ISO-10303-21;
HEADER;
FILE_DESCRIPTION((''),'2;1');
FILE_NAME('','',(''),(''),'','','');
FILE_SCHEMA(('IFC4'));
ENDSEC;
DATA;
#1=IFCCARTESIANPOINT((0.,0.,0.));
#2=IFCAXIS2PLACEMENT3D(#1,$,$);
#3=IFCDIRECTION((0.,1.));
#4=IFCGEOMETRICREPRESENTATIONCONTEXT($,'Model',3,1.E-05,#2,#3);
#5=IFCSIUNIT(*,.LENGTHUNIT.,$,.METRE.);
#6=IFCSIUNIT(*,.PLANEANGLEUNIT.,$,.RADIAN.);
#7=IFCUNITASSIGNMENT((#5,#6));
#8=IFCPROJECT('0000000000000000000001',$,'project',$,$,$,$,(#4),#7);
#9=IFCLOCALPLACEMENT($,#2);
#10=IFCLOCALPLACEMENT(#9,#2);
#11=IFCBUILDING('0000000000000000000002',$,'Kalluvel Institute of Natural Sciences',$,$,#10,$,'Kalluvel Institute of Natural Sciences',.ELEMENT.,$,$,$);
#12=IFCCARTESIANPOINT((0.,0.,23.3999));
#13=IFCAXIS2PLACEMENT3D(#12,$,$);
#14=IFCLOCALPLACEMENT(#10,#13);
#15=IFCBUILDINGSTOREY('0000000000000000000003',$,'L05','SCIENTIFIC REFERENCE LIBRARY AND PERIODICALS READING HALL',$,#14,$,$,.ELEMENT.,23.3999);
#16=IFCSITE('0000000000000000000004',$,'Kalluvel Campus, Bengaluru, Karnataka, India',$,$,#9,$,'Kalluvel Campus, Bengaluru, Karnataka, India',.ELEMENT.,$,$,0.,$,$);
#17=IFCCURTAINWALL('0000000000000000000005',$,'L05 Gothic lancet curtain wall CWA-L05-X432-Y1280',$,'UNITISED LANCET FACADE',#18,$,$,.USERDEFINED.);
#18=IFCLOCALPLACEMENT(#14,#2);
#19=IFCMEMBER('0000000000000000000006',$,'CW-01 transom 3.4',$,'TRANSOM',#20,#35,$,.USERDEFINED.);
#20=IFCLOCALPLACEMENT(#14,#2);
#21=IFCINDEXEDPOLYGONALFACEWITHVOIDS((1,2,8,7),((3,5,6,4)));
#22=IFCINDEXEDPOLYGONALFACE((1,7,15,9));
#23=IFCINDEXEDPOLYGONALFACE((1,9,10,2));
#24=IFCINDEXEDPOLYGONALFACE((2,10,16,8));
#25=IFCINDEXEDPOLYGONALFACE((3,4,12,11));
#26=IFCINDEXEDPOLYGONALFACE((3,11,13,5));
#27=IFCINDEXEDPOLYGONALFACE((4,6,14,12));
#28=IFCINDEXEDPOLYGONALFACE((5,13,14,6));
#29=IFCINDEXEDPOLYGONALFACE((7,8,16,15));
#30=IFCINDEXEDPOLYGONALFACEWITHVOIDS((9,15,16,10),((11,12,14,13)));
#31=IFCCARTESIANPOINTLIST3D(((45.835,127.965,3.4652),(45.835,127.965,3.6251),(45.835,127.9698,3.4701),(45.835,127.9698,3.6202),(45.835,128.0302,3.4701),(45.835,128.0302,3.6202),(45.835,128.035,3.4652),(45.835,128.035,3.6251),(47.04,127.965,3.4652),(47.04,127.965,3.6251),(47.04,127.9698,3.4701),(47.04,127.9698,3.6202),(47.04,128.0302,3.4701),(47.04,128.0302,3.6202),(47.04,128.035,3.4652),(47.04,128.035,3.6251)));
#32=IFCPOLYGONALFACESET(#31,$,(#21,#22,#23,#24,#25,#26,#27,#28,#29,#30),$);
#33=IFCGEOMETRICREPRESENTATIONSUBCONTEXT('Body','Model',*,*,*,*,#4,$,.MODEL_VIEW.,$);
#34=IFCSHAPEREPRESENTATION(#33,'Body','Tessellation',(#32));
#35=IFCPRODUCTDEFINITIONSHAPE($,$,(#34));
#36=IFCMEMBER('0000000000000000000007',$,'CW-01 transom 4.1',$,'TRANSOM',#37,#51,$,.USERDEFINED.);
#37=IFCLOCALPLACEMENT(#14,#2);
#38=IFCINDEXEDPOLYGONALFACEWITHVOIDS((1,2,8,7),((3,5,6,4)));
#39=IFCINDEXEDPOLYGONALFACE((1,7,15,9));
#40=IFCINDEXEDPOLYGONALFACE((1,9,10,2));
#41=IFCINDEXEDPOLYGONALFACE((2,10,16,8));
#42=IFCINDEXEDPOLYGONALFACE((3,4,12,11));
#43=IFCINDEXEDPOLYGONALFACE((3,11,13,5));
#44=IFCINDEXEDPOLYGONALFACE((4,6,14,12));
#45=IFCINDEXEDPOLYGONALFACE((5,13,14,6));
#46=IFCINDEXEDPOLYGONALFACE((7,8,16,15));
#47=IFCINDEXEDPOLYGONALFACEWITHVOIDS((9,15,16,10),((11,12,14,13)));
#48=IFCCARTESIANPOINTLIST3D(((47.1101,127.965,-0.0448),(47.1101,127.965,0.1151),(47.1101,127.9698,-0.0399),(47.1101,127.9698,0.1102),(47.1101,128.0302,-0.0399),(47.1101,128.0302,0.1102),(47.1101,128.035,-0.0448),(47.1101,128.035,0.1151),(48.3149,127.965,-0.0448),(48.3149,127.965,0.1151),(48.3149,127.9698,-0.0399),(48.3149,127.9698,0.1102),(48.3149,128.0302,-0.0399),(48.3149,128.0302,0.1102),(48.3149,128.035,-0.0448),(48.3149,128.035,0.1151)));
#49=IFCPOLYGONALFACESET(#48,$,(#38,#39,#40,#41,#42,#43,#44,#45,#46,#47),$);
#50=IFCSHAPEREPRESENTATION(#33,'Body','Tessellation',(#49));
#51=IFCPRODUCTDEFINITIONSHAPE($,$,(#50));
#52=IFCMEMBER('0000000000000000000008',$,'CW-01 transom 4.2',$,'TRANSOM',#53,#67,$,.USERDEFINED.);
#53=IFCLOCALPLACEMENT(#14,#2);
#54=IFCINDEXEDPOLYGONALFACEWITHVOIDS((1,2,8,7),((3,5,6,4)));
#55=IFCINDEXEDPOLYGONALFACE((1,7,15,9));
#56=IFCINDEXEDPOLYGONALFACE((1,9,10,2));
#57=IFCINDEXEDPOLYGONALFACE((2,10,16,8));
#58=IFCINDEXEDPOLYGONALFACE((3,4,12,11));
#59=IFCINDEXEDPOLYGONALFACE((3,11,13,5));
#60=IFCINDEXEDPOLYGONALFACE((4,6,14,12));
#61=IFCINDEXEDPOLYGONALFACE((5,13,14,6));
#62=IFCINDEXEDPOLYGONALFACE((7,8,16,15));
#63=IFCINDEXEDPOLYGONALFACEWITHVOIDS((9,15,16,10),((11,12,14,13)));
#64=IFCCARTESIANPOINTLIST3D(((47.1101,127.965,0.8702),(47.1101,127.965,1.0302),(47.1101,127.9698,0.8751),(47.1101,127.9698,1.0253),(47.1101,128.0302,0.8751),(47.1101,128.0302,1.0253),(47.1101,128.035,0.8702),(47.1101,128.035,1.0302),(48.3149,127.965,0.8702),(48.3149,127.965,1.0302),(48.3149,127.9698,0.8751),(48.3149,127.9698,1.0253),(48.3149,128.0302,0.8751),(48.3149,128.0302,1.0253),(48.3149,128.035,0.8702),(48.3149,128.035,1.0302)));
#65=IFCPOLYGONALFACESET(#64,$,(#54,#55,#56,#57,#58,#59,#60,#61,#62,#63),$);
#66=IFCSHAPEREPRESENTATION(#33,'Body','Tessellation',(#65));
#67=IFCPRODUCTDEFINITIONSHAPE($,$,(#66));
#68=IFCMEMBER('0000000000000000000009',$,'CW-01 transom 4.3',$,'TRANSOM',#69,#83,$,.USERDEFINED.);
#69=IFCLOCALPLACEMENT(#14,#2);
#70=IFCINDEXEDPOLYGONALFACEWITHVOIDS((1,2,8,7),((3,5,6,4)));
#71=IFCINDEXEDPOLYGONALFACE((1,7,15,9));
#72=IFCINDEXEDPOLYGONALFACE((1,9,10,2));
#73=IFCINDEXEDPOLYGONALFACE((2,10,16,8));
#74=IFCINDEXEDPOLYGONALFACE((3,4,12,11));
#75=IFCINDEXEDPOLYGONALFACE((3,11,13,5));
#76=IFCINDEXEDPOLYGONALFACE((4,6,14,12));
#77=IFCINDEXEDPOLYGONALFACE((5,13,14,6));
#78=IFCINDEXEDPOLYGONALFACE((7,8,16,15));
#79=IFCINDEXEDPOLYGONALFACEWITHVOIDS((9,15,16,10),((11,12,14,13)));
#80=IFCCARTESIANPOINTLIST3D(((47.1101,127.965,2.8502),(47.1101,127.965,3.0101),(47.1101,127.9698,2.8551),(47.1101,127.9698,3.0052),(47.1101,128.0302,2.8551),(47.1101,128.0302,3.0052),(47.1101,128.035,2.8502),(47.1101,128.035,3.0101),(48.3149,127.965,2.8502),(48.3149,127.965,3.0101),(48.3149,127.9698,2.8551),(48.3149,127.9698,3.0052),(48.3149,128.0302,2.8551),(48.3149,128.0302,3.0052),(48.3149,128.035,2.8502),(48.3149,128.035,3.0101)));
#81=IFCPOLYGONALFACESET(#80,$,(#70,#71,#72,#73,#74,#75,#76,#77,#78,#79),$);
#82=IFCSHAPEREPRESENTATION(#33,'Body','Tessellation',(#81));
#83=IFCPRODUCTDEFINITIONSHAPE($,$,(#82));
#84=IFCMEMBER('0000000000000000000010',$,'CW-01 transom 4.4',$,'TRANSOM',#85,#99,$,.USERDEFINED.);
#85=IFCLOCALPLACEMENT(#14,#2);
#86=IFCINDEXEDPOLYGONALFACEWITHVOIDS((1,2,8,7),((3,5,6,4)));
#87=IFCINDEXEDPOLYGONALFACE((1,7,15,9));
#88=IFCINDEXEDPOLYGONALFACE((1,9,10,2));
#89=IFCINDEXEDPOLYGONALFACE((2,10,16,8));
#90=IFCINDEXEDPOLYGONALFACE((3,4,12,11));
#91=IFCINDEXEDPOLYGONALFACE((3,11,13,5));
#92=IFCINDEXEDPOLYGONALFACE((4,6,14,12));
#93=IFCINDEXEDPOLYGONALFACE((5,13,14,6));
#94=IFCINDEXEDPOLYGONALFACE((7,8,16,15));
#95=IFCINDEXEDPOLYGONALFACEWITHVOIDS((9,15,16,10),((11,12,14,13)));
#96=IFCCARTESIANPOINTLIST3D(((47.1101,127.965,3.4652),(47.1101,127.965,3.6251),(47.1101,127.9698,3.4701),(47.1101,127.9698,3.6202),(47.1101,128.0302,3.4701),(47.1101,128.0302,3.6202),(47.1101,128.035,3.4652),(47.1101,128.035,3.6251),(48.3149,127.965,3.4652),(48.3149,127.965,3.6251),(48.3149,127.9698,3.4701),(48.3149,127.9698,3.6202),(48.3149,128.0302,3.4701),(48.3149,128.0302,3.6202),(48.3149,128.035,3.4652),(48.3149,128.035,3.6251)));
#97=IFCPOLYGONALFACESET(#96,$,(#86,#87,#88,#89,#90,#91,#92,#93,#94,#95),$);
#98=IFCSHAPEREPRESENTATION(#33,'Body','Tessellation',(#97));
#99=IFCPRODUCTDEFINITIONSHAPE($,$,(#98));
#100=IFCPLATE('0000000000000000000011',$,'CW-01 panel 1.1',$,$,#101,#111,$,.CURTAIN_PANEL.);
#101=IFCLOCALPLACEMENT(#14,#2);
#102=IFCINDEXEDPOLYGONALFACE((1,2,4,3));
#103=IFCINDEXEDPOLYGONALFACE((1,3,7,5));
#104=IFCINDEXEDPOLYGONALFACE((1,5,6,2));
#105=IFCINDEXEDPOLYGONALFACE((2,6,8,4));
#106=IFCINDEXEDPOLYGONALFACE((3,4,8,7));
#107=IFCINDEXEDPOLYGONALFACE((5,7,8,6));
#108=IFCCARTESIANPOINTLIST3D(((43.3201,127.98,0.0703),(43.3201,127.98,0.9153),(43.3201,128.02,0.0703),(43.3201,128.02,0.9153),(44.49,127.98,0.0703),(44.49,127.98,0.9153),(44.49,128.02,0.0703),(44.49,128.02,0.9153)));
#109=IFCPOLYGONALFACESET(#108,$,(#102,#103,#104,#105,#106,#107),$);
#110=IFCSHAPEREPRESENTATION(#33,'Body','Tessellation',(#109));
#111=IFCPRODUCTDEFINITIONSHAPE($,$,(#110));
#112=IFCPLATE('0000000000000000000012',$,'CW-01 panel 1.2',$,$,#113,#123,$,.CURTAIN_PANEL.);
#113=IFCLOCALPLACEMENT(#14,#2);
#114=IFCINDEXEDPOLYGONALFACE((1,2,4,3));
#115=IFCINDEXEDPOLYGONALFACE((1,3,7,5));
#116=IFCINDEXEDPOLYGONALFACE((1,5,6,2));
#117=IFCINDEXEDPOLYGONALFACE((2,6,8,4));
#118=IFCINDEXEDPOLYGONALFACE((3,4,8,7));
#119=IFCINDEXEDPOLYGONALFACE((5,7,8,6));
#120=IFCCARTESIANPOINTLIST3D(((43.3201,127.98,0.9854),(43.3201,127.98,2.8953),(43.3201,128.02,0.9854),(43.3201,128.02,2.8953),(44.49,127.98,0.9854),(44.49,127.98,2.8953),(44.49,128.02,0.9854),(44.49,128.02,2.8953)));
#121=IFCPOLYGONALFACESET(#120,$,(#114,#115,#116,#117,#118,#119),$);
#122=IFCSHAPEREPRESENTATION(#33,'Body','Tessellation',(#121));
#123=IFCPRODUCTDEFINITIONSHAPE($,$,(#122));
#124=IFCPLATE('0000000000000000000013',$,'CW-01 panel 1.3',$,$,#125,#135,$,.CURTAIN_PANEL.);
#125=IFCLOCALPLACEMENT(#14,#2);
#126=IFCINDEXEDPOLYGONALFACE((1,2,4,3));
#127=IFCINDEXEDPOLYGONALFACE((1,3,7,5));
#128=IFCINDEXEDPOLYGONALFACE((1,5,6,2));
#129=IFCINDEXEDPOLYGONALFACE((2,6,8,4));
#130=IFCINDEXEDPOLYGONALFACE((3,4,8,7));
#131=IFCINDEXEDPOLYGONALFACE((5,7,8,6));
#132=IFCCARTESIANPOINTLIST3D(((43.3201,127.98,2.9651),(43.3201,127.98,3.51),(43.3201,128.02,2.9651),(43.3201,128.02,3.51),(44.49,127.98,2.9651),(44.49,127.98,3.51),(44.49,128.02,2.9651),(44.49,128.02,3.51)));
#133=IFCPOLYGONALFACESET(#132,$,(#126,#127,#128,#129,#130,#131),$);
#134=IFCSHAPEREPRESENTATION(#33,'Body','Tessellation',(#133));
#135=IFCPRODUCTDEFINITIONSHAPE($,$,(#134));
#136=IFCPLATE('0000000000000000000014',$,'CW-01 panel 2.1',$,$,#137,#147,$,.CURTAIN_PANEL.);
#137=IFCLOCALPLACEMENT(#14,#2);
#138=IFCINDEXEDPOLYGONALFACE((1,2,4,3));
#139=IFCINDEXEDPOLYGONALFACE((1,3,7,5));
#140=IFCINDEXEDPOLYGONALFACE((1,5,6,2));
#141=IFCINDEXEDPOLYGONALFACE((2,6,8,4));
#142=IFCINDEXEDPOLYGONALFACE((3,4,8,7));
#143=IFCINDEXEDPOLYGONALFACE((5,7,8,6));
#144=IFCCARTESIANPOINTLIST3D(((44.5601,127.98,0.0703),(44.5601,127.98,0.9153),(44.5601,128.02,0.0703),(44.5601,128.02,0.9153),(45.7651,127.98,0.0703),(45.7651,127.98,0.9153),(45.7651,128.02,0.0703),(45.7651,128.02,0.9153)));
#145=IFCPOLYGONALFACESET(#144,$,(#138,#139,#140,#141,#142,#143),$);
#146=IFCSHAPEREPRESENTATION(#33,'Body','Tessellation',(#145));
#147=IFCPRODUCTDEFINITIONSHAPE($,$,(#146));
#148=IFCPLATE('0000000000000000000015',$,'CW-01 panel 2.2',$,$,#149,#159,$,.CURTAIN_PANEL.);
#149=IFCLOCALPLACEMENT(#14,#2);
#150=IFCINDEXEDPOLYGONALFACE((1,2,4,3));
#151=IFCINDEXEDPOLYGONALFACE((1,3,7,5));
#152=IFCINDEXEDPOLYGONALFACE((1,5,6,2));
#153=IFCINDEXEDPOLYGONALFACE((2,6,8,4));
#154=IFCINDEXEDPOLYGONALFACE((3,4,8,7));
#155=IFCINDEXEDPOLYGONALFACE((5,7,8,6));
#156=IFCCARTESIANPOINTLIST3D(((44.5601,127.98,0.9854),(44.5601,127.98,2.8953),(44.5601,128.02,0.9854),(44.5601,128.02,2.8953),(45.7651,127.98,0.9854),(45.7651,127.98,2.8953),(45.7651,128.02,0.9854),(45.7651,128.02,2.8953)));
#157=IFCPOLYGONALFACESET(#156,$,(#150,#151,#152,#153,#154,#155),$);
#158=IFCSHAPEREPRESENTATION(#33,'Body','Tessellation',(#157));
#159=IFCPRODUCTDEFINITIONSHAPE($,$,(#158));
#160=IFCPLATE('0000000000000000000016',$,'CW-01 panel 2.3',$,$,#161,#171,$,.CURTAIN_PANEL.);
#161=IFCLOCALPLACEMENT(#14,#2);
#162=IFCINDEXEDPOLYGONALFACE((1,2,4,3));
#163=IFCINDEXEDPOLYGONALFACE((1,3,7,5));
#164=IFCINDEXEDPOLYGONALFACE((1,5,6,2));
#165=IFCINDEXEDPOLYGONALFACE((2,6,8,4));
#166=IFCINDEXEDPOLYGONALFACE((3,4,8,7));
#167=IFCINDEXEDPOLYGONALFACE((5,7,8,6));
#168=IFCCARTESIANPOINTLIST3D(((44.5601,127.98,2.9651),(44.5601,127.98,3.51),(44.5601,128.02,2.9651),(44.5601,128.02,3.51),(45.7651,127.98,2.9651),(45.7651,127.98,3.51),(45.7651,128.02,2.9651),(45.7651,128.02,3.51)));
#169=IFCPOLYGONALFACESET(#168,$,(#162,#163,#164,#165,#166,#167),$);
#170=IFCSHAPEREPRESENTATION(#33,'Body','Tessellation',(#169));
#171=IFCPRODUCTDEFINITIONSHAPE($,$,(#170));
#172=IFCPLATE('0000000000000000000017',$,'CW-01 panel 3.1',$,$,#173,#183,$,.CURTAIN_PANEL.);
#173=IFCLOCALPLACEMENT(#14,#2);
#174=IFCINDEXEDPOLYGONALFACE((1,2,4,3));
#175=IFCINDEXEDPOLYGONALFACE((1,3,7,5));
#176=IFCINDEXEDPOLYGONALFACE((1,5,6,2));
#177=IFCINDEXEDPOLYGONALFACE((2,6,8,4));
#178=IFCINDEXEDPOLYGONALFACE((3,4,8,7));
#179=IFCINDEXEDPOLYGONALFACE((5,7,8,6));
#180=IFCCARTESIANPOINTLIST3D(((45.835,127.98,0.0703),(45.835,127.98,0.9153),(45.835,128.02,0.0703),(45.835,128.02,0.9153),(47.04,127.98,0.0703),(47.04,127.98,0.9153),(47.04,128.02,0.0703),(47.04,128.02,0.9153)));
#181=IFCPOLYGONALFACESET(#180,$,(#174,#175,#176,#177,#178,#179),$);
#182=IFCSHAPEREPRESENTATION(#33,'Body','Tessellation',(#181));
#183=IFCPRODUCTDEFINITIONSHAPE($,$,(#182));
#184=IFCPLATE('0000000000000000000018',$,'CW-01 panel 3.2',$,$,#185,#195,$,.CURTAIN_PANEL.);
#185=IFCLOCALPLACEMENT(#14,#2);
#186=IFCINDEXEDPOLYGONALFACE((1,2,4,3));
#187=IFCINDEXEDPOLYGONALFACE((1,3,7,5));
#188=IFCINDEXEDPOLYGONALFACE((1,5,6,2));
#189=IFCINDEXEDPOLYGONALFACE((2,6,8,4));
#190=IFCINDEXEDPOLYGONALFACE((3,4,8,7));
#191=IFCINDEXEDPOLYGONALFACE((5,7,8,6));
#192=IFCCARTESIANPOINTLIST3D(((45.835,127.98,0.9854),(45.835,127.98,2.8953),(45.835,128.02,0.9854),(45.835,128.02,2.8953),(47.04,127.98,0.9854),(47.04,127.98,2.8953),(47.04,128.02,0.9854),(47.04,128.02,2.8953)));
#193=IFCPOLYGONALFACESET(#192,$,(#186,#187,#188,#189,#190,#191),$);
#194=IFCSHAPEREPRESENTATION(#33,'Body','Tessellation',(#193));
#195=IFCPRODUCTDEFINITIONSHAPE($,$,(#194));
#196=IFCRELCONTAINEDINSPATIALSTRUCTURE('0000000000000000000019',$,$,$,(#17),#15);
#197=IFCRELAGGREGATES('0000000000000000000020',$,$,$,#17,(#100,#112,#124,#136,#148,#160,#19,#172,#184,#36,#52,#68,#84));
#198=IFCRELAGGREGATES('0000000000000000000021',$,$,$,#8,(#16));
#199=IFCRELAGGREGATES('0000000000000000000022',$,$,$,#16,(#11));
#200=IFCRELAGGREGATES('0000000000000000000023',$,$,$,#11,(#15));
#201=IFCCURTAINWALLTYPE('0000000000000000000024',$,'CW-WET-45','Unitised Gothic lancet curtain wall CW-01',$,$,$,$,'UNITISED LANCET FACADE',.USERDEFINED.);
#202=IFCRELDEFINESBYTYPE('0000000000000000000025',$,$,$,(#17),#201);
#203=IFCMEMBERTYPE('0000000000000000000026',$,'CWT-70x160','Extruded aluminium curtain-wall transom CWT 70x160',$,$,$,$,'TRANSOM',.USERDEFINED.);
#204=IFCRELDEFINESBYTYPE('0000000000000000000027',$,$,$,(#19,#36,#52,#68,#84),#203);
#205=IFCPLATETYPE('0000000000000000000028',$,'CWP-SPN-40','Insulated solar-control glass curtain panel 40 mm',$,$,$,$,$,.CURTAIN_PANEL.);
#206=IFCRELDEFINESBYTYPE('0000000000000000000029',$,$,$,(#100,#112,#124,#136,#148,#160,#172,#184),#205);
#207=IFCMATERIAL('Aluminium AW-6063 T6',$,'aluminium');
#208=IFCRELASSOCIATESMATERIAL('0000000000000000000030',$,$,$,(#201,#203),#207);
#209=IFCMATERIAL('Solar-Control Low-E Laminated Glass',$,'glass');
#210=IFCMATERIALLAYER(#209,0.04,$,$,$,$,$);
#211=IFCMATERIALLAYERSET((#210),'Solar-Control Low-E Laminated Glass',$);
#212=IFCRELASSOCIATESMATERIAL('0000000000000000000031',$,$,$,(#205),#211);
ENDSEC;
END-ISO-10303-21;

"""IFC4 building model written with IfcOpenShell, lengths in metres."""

from ifc_helpers import new_model, si_unit, direction, frame, origin, origin_2d, place, context, subcontext, project, spatial, rectangle, hollow_rectangle, extrude, material, layer, layer_set, material_profile, profile_set, type_object, element, aggregate, save


model = new_model("IFC4")

# Units and contexts
model_context = context("Model", 3, precision=1e-05, world=origin(), true_north=direction((0.0, 1.0)))
body_context = subcontext(model_context, "Body", "Model", "MODEL_VIEW")
ifc_project = project(units=[si_unit("LENGTHUNIT", "METRE"), si_unit("PLANEANGLEUNIT", "RADIAN")], contexts=[model_context])

# Site, building, storey
site_placement = place(None, origin())
site = spatial("IfcSite", under=ifc_project, at=site_placement, Name="Kalluvel Campus, Bengaluru, Karnataka, India", LongName="Kalluvel Campus, Bengaluru, Karnataka, India", CompositionType="ELEMENT", RefElevation=0.0)
building_placement = place(site_placement, origin())
building = spatial("IfcBuilding", under=site, at=building_placement, Name="Kalluvel Institute of Natural Sciences", LongName="Kalluvel Institute of Natural Sciences", CompositionType="ELEMENT")
storey_placement = place(building_placement, frame((0.0, 0.0, 23.3999)))
storey = spatial("IfcBuildingStorey", under=building, at=storey_placement, Name="L05", Description="SCIENTIFIC REFERENCE LIBRARY AND PERIODICALS READING HALL", CompositionType="ELEMENT", Elevation=23.3999)

# Curtain wall, members, plates
ifc_material_1 = material(Name="Aluminium AW-6063 T6", Category="aluminium")
curtain_wall_type = type_object("IfcCurtainWallType", Name="CW-WET-45", Description="Unitised Gothic lancet curtain wall CW-01", ElementType="UNITISED LANCET FACADE", PredefinedType="USERDEFINED", material=ifc_material_1)
curtain_wall_placement = place(storey_placement, origin())
curtain_wall = element("IfcCurtainWall", 1, at=curtain_wall_placement, inside=storey, type_object=curtain_wall_type, Name="L05 Gothic lancet curtain wall CWA-L05-X432-Y1280", ObjectType="UNITISED LANCET FACADE", PredefinedType="USERDEFINED")
ifc_material_profile_1 = material_profile(ifc_material_1, hollow_rectangle(XDim=0.0701, YDim=0.1599, WallThickness=0.0049, at=origin_2d()), Name="CWT 70x160")
ifc_profile_set_1 = profile_set([ifc_material_profile_1], Name="Aluminium AW-6063 T6")
member_type_1 = type_object("IfcMemberType", Name="CWT-70x160", Description="Extruded aluminium curtain-wall transom CWT 70x160", ElementType="TRANSOM", PredefinedType="USERDEFINED", material=ifc_profile_set_1)
member_1_placement = place(storey_placement, frame((45.835, 128.0, 3.5452), z_axis=(1.0, 0.0, 0.0), x_axis=(0.0, 1.0, 0.0)))
member_1 = element("IfcMember", 2, at=member_1_placement, type_object=member_type_1, Name="CW-01 transom 3.4", ObjectType="TRANSOM", PredefinedType="USERDEFINED", context=body_context, shape_type="SweptSolid", body=[
    extrude(hollow_rectangle(XDim=0.0701, YDim=0.1599, WallThickness=0.0049, at=origin_2d()), origin(), (0.0, 0.0, 1.0), 1.2051),
])
member_2_placement = place(storey_placement, frame((47.1101, 128.0, 0.0352), z_axis=(1.0, 0.0, 0.0), x_axis=(0.0, 1.0, 0.0)))
member_2 = element("IfcMember", 3, at=member_2_placement, type_object=member_type_1, Name="CW-01 transom 4.1", ObjectType="TRANSOM", PredefinedType="USERDEFINED", context=body_context, shape_type="SweptSolid", body=[
    extrude(hollow_rectangle(XDim=0.0701, YDim=0.1599, WallThickness=0.0049, at=origin_2d()), origin(), (0.0, 0.0, 1.0), 1.2048),
])
member_3_placement = place(storey_placement, frame((47.1101, 128.0, 0.9502), z_axis=(1.0, 0.0, 0.0), x_axis=(0.0, 1.0, 0.0)))
member_3 = element("IfcMember", 4, at=member_3_placement, type_object=member_type_1, Name="CW-01 transom 4.2", ObjectType="TRANSOM", PredefinedType="USERDEFINED", context=body_context, shape_type="SweptSolid", body=[
    extrude(hollow_rectangle(XDim=0.0701, YDim=0.1599, WallThickness=0.0049, at=origin_2d()), origin(), (0.0, 0.0, 1.0), 1.2048),
])
member_4_placement = place(storey_placement, frame((47.1101, 128.0, 2.9302), z_axis=(1.0, 0.0, 0.0), x_axis=(0.0, 1.0, 0.0)))
member_4 = element("IfcMember", 5, at=member_4_placement, type_object=member_type_1, Name="CW-01 transom 4.3", ObjectType="TRANSOM", PredefinedType="USERDEFINED", context=body_context, shape_type="SweptSolid", body=[
    extrude(hollow_rectangle(XDim=0.0701, YDim=0.1599, WallThickness=0.0049, at=origin_2d()), origin(), (0.0, 0.0, 1.0), 1.2048),
])
member_5_placement = place(storey_placement, frame((47.1101, 128.0, 3.5452), z_axis=(1.0, 0.0, 0.0), x_axis=(0.0, 1.0, 0.0)))
member_5 = element("IfcMember", 6, at=member_5_placement, type_object=member_type_1, Name="CW-01 transom 4.4", ObjectType="TRANSOM", PredefinedType="USERDEFINED", context=body_context, shape_type="SweptSolid", body=[
    extrude(hollow_rectangle(XDim=0.0701, YDim=0.1599, WallThickness=0.0049, at=origin_2d()), origin(), (0.0, 0.0, 1.0), 1.2048),
])
ifc_material_2 = material(Name="Solar-Control Low-E Laminated Glass", Category="glass")
ifc_layer_1 = layer(ifc_material_2, 0.04)
ifc_layer_set_1 = layer_set([ifc_layer_1], Name="Solar-Control Low-E Laminated Glass")
plate_type = type_object("IfcPlateType", Name="CWP-SPN-40", Description="Insulated solar-control glass curtain panel 40 mm", PredefinedType="CURTAIN_PANEL", material=ifc_layer_set_1)
plate_1_placement = place(storey_placement, frame((43.905, 128.0, 0.0703), z_axis=(0.0, 0.0, 1.0), x_axis=(1.0, 0.0, 0.0)))
plate_1 = element("IfcPlate", 7, at=plate_1_placement, type_object=plate_type, Name="CW-01 panel 1.1", PredefinedType="CURTAIN_PANEL", context=body_context, shape_type="SweptSolid", body=[
    extrude(rectangle(XDim=1.1699, YDim=0.04, at=origin_2d()), origin(), (0.0, 0.0, 1.0), 0.845),
])
plate_2_placement = place(storey_placement, frame((43.905, 128.0, 0.9854), z_axis=(0.0, 0.0, 1.0), x_axis=(1.0, 0.0, 0.0)))
plate_2 = element("IfcPlate", 8, at=plate_2_placement, type_object=plate_type, Name="CW-01 panel 1.2", PredefinedType="CURTAIN_PANEL", context=body_context, shape_type="SweptSolid", body=[
    extrude(rectangle(XDim=1.1699, YDim=0.04, at=origin_2d()), origin(), (0.0, 0.0, 1.0), 1.9099),
])
plate_3_placement = place(storey_placement, frame((43.905, 128.0, 2.9651), z_axis=(0.0, 0.0, 1.0), x_axis=(1.0, 0.0, 0.0)))
plate_3 = element("IfcPlate", 9, at=plate_3_placement, type_object=plate_type, Name="CW-01 panel 1.3", PredefinedType="CURTAIN_PANEL", context=body_context, shape_type="SweptSolid", body=[
    extrude(rectangle(XDim=1.1699, YDim=0.04, at=origin_2d()), origin(), (0.0, 0.0, 1.0), 0.5449),
])
plate_4_placement = place(storey_placement, frame((45.1626, 128.0, 0.0703), z_axis=(0.0, 0.0, 1.0), x_axis=(1.0, 0.0, 0.0)))
plate_4 = element("IfcPlate", 10, at=plate_4_placement, type_object=plate_type, Name="CW-01 panel 2.1", PredefinedType="CURTAIN_PANEL", context=body_context, shape_type="SweptSolid", body=[
    extrude(rectangle(XDim=1.2051, YDim=0.04, at=origin_2d()), origin(), (0.0, 0.0, 1.0), 0.845),
])
plate_5_placement = place(storey_placement, frame((45.1626, 128.0, 0.9854), z_axis=(0.0, 0.0, 1.0), x_axis=(1.0, 0.0, 0.0)))
plate_5 = element("IfcPlate", 11, at=plate_5_placement, type_object=plate_type, Name="CW-01 panel 2.2", PredefinedType="CURTAIN_PANEL", context=body_context, shape_type="SweptSolid", body=[
    extrude(rectangle(XDim=1.2051, YDim=0.04, at=origin_2d()), origin(), (0.0, 0.0, 1.0), 1.9099),
])
plate_6_placement = place(storey_placement, frame((45.1626, 128.0, 2.9651), z_axis=(0.0, 0.0, 1.0), x_axis=(1.0, 0.0, 0.0)))
plate_6 = element("IfcPlate", 12, at=plate_6_placement, type_object=plate_type, Name="CW-01 panel 2.3", PredefinedType="CURTAIN_PANEL", context=body_context, shape_type="SweptSolid", body=[
    extrude(rectangle(XDim=1.2051, YDim=0.04, at=origin_2d()), origin(), (0.0, 0.0, 1.0), 0.5449),
])
plate_7_placement = place(storey_placement, frame((46.4375, 128.0, 0.0703), z_axis=(0.0, 0.0, 1.0), x_axis=(1.0, 0.0, 0.0)))
plate_7 = element("IfcPlate", 13, at=plate_7_placement, type_object=plate_type, Name="CW-01 panel 3.1", PredefinedType="CURTAIN_PANEL", context=body_context, shape_type="SweptSolid", body=[
    extrude(rectangle(XDim=1.2051, YDim=0.04, at=origin_2d()), origin(), (0.0, 0.0, 1.0), 0.845),
])
plate_8_placement = place(storey_placement, frame((46.4375, 128.0, 0.9854), z_axis=(0.0, 0.0, 1.0), x_axis=(1.0, 0.0, 0.0)))
plate_8 = element("IfcPlate", 14, at=plate_8_placement, type_object=plate_type, Name="CW-01 panel 3.2", PredefinedType="CURTAIN_PANEL", context=body_context, shape_type="SweptSolid", body=[
    extrude(rectangle(XDim=1.2051, YDim=0.04, at=origin_2d()), origin(), (0.0, 0.0, 1.0), 1.9099),
])
aggregate(curtain_wall, [plate_1, plate_2, plate_3, plate_4, plate_5, plate_6, member_1, plate_7, plate_8, member_2, member_3, member_4, member_5])

save(model, "model.ifc")
